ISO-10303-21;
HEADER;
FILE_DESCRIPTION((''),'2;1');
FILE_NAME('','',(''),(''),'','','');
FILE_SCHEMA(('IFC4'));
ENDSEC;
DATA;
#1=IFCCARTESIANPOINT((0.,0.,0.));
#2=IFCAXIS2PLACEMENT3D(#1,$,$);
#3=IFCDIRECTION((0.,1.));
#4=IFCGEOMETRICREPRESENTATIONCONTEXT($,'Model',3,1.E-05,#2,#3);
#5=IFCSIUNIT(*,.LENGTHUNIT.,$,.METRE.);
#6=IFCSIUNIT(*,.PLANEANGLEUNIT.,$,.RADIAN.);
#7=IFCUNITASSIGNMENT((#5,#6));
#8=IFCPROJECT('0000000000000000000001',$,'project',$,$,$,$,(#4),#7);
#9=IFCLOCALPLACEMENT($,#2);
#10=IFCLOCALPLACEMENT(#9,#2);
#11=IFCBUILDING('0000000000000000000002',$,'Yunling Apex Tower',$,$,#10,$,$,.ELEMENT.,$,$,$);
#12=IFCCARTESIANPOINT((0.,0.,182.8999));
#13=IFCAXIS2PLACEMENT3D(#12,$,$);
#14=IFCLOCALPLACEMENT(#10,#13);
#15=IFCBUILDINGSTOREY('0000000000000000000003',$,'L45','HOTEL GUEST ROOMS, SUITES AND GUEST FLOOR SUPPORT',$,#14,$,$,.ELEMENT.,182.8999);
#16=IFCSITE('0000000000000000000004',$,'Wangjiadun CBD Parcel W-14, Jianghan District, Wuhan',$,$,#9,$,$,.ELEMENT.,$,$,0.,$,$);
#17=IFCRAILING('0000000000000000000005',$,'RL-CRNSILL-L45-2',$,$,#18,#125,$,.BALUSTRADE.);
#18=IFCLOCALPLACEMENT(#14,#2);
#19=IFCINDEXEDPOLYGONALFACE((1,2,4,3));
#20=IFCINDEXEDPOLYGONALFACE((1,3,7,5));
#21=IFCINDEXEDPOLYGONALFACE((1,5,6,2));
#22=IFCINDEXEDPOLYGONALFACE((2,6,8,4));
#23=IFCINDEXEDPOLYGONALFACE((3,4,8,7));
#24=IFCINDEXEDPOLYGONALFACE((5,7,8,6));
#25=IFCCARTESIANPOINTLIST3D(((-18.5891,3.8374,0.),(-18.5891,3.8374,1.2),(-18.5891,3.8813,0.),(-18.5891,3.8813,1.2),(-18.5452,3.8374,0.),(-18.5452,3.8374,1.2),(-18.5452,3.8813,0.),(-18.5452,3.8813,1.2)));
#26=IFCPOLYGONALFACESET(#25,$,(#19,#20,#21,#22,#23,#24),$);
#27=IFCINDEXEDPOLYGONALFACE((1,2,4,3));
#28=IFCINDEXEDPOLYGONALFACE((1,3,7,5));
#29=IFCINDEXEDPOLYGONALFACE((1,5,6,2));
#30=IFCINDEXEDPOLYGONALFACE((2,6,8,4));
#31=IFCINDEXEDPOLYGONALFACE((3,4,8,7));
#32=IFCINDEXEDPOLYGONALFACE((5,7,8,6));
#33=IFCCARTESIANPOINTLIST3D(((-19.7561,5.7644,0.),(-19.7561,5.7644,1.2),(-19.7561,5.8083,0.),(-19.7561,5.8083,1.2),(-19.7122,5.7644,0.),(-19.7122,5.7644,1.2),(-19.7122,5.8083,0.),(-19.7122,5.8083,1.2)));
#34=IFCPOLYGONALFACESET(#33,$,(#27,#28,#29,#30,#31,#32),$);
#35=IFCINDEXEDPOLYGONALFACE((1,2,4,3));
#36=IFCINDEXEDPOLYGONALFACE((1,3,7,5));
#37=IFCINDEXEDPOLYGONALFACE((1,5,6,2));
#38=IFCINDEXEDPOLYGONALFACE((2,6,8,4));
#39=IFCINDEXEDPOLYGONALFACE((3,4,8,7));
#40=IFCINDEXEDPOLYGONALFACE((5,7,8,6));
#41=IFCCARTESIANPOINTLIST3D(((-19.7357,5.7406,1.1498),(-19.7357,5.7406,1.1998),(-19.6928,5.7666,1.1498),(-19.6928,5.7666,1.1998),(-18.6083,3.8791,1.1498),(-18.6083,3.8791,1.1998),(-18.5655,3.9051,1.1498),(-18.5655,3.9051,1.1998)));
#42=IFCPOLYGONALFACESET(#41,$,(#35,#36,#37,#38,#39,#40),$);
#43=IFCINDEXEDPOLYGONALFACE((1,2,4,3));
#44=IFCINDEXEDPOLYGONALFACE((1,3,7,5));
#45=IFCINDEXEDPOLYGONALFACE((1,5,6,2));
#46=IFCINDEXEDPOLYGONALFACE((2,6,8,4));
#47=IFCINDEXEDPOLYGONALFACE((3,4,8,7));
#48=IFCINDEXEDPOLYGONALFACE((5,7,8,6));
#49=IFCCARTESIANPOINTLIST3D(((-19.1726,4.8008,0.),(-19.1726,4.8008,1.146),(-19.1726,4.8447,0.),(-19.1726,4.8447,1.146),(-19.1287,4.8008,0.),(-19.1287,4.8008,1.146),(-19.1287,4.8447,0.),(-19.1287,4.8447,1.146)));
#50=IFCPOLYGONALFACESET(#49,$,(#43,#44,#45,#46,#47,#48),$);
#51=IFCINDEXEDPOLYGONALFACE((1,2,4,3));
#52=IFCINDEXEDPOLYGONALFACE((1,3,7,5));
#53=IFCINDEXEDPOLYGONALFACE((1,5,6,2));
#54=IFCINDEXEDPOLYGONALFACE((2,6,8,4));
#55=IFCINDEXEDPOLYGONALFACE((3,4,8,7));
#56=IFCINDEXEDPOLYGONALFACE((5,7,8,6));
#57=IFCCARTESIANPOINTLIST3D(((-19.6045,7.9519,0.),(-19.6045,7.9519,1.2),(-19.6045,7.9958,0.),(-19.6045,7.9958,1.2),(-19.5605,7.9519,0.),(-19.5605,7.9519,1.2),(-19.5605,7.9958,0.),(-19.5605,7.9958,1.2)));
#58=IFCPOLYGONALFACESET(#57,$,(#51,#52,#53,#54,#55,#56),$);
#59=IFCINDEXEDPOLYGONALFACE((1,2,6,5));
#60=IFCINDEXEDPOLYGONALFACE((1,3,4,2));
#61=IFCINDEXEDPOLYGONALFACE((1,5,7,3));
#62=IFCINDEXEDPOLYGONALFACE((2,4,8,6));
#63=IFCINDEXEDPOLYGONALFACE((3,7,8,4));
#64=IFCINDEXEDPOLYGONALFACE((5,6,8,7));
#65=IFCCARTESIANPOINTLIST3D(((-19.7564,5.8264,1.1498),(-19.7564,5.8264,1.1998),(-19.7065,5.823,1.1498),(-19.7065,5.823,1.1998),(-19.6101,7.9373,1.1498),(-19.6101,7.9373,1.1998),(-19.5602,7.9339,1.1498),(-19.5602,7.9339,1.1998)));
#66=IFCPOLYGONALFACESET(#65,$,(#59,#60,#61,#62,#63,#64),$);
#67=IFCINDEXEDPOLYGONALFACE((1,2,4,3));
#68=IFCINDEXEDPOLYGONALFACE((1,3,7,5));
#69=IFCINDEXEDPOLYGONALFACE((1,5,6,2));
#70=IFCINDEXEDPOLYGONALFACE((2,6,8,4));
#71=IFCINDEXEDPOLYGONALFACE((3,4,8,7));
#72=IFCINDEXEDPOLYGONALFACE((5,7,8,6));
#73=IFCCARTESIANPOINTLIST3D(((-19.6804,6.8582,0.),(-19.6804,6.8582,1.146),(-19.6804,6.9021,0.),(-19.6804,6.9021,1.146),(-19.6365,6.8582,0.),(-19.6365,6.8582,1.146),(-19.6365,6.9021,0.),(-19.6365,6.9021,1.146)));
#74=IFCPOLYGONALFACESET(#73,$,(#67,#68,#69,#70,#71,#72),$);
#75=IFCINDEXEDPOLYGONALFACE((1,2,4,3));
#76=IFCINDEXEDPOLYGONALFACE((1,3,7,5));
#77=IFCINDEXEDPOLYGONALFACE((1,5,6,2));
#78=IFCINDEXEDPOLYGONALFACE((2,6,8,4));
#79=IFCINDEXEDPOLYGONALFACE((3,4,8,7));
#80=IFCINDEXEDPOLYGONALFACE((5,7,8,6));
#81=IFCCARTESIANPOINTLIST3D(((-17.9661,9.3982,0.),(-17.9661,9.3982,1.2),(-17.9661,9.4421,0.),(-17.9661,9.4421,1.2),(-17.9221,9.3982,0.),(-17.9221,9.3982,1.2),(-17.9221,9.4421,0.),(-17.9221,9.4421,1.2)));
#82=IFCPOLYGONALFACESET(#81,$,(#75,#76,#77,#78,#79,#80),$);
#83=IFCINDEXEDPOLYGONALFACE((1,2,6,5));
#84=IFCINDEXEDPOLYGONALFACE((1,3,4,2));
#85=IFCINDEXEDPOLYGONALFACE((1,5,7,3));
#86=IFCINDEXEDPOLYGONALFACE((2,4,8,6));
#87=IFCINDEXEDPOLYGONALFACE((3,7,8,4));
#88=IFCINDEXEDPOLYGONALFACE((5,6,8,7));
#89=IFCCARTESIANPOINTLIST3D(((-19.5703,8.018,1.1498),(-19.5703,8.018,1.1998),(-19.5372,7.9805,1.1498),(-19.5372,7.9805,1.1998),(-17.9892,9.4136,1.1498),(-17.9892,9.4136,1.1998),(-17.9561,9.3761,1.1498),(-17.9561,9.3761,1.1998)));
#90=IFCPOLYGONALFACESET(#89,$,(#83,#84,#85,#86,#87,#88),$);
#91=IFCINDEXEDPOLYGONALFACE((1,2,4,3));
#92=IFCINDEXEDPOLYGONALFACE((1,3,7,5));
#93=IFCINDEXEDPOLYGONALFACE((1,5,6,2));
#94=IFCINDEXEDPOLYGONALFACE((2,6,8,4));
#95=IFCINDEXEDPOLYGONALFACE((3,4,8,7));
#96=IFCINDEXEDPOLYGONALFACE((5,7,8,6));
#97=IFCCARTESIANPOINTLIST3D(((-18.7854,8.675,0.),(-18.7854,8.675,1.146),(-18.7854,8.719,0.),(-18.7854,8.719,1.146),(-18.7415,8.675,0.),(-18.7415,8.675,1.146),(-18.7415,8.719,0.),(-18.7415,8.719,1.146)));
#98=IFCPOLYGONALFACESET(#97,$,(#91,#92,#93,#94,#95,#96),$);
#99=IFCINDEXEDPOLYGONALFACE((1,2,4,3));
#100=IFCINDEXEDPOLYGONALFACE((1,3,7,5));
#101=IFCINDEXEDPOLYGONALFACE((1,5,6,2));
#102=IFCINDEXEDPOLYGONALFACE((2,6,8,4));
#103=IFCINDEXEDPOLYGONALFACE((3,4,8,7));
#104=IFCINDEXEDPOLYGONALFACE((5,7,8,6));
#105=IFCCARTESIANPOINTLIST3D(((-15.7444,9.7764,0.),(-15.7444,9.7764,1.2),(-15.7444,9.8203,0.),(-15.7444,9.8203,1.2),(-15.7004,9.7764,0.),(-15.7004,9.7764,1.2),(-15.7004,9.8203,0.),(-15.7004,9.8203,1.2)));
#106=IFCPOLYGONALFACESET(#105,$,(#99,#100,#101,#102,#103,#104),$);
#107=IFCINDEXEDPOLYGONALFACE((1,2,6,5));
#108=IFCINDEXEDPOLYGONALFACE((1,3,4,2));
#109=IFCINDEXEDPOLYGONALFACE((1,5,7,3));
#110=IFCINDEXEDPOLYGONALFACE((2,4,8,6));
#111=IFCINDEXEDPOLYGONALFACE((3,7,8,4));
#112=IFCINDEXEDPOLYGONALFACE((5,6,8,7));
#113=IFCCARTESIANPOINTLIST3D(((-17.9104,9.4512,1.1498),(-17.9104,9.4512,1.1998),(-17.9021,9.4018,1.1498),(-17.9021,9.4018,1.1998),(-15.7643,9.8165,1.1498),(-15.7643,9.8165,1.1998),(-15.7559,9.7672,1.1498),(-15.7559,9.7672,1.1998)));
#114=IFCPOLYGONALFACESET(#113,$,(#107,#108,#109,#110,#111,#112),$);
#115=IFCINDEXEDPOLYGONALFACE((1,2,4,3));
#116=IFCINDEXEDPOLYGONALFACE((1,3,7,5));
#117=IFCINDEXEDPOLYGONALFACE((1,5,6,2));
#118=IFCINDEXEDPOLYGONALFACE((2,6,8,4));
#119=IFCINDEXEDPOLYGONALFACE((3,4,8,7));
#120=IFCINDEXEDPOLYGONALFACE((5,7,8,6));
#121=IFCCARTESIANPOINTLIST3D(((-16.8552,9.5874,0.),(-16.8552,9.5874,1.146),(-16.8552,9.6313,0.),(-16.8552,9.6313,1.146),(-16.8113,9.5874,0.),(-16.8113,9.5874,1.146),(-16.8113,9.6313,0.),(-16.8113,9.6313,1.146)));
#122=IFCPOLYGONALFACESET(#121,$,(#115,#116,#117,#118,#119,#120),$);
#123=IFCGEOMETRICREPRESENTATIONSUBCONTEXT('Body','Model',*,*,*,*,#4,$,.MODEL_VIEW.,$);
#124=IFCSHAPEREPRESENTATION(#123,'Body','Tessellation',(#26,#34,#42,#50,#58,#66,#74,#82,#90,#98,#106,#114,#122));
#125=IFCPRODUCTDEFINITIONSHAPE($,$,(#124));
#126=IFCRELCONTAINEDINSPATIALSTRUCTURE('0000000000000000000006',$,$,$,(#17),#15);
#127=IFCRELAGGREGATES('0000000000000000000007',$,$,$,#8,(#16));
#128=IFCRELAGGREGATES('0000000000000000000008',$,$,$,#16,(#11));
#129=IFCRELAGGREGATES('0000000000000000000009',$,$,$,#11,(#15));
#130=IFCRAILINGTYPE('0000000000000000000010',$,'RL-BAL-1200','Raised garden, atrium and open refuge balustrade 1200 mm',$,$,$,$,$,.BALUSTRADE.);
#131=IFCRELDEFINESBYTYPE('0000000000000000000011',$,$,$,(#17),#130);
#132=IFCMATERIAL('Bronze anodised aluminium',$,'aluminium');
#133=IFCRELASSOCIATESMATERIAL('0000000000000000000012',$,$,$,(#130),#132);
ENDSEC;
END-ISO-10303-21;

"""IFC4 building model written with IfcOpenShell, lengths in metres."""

from ifc_helpers import new_model, si_unit, direction, frame, origin, origin_2d, place, context, subcontext, project, spatial, rectangle, extrude, material, type_object, element, save


model = new_model("IFC4")

# Units and contexts
model_context = context("Model", 3, precision=1e-05, world=origin(), true_north=direction((0.0, 1.0)))
body_context = subcontext(model_context, "Body", "Model", "MODEL_VIEW")
ifc_project = project(units=[si_unit("LENGTHUNIT", "METRE"), si_unit("PLANEANGLEUNIT", "RADIAN")], contexts=[model_context])

# Site, building, storey
site_placement = place(None, origin())
site = spatial("IfcSite", under=ifc_project, at=site_placement, Name="Wangjiadun CBD Parcel W-14, Jianghan District, Wuhan", CompositionType="ELEMENT", RefElevation=0.0)
building_placement = place(site_placement, origin())
building = spatial("IfcBuilding", under=site, at=building_placement, Name="Yunling Apex Tower", CompositionType="ELEMENT")
storey_placement = place(building_placement, frame((0.0, 0.0, 182.8999)))
storey = spatial("IfcBuildingStorey", under=building, at=storey_placement, Name="L45", Description="HOTEL GUEST ROOMS, SUITES AND GUEST FLOOR SUPPORT", CompositionType="ELEMENT", Elevation=182.8999)

# Shared definitions
ifc_material_1 = material(Name="Bronze anodised aluminium", Category="aluminium")

# Railing
railing_type = type_object("IfcRailingType", Name="RL-BAL-1200", Description="Raised garden, atrium and open refuge balustrade 1200 mm", PredefinedType="BALUSTRADE", material=ifc_material_1)
railing_placement = place(storey_placement, frame((-18.5671, 3.8594, 0.0)))
element("IfcRailing", 1, at=railing_placement, inside=storey, type_object=railing_type, Name="RL-CRNSILL-L45-2", PredefinedType="BALUSTRADE", context=body_context, shape_type="SweptSolid", body=[
    extrude(rectangle(XDim=0.0439, YDim=0.0439, at=origin_2d()), origin(), (0.0, 0.0, 1.0), 1.2),
    extrude(rectangle(XDim=0.0439, YDim=0.0439, at=origin_2d()), frame((-1.167, 1.927, 0.0)), (0.0, 0.0, 1.0), 1.2),
    extrude(rectangle(XDim=0.05, YDim=0.05, at=origin_2d()), frame((-0.0198, 0.0327, 1.1748), z_axis=(-0.518013, 0.855372, 0.0), x_axis=(-0.855372, -0.518013, 0.0)), (0.0, 0.0, 1.0), 2.1763),
    extrude(rectangle(XDim=0.0439, YDim=0.0439, at=origin_2d()), frame((-0.5835, 0.9634, 0.0)), (0.0, 0.0, 1.0), 1.146),
    extrude(rectangle(XDim=0.0439, YDim=0.0439, at=origin_2d()), frame((-1.0154, 4.1145, 0.0)), (0.0, 0.0, 1.0), 1.2),
    extrude(rectangle(XDim=0.05, YDim=0.05, at=origin_2d()), frame((-1.1643, 1.9653, 1.1748), z_axis=(0.069142, 0.997607, 0.0), x_axis=(-0.997607, 0.069142, 0.0)), (0.0, 0.0, 1.0), 2.116),
    extrude(rectangle(XDim=0.0439, YDim=0.0439, at=origin_2d()), frame((-1.0913, 3.0208, 0.0)), (0.0, 0.0, 1.0), 1.146),
    extrude(rectangle(XDim=0.0439, YDim=0.0439, at=origin_2d()), frame((0.623, 5.5608, 0.0)), (0.0, 0.0, 1.0), 1.2),
    extrude(rectangle(XDim=0.05, YDim=0.05, at=origin_2d()), frame((-0.9866, 4.1399, 1.1748), z_axis=(0.749698, 0.66178, 0.0), x_axis=(-0.66178, 0.749698, 0.0)), (0.0, 0.0, 1.0), 2.1089),
    extrude(rectangle(XDim=0.0439, YDim=0.0439, at=origin_2d()), frame((-0.1963, 4.8376, 0.0)), (0.0, 0.0, 1.0), 1.146),
    extrude(rectangle(XDim=0.0439, YDim=0.0439, at=origin_2d()), frame((2.8447, 5.939, 0.0)), (0.0, 0.0, 1.0), 1.2),
    extrude(rectangle(XDim=0.05, YDim=0.05, at=origin_2d()), frame((0.6609, 5.5671, 1.1748), z_axis=(0.98582, 0.167806, 0.0), x_axis=(-0.167806, 0.98582, 0.0)), (0.0, 0.0, 1.0), 2.177),
    extrude(rectangle(XDim=0.0439, YDim=0.0439, at=origin_2d()), frame((1.7339, 5.75, 0.0)), (0.0, 0.0, 1.0), 1.146),
])

save(model, "model.ifc")
